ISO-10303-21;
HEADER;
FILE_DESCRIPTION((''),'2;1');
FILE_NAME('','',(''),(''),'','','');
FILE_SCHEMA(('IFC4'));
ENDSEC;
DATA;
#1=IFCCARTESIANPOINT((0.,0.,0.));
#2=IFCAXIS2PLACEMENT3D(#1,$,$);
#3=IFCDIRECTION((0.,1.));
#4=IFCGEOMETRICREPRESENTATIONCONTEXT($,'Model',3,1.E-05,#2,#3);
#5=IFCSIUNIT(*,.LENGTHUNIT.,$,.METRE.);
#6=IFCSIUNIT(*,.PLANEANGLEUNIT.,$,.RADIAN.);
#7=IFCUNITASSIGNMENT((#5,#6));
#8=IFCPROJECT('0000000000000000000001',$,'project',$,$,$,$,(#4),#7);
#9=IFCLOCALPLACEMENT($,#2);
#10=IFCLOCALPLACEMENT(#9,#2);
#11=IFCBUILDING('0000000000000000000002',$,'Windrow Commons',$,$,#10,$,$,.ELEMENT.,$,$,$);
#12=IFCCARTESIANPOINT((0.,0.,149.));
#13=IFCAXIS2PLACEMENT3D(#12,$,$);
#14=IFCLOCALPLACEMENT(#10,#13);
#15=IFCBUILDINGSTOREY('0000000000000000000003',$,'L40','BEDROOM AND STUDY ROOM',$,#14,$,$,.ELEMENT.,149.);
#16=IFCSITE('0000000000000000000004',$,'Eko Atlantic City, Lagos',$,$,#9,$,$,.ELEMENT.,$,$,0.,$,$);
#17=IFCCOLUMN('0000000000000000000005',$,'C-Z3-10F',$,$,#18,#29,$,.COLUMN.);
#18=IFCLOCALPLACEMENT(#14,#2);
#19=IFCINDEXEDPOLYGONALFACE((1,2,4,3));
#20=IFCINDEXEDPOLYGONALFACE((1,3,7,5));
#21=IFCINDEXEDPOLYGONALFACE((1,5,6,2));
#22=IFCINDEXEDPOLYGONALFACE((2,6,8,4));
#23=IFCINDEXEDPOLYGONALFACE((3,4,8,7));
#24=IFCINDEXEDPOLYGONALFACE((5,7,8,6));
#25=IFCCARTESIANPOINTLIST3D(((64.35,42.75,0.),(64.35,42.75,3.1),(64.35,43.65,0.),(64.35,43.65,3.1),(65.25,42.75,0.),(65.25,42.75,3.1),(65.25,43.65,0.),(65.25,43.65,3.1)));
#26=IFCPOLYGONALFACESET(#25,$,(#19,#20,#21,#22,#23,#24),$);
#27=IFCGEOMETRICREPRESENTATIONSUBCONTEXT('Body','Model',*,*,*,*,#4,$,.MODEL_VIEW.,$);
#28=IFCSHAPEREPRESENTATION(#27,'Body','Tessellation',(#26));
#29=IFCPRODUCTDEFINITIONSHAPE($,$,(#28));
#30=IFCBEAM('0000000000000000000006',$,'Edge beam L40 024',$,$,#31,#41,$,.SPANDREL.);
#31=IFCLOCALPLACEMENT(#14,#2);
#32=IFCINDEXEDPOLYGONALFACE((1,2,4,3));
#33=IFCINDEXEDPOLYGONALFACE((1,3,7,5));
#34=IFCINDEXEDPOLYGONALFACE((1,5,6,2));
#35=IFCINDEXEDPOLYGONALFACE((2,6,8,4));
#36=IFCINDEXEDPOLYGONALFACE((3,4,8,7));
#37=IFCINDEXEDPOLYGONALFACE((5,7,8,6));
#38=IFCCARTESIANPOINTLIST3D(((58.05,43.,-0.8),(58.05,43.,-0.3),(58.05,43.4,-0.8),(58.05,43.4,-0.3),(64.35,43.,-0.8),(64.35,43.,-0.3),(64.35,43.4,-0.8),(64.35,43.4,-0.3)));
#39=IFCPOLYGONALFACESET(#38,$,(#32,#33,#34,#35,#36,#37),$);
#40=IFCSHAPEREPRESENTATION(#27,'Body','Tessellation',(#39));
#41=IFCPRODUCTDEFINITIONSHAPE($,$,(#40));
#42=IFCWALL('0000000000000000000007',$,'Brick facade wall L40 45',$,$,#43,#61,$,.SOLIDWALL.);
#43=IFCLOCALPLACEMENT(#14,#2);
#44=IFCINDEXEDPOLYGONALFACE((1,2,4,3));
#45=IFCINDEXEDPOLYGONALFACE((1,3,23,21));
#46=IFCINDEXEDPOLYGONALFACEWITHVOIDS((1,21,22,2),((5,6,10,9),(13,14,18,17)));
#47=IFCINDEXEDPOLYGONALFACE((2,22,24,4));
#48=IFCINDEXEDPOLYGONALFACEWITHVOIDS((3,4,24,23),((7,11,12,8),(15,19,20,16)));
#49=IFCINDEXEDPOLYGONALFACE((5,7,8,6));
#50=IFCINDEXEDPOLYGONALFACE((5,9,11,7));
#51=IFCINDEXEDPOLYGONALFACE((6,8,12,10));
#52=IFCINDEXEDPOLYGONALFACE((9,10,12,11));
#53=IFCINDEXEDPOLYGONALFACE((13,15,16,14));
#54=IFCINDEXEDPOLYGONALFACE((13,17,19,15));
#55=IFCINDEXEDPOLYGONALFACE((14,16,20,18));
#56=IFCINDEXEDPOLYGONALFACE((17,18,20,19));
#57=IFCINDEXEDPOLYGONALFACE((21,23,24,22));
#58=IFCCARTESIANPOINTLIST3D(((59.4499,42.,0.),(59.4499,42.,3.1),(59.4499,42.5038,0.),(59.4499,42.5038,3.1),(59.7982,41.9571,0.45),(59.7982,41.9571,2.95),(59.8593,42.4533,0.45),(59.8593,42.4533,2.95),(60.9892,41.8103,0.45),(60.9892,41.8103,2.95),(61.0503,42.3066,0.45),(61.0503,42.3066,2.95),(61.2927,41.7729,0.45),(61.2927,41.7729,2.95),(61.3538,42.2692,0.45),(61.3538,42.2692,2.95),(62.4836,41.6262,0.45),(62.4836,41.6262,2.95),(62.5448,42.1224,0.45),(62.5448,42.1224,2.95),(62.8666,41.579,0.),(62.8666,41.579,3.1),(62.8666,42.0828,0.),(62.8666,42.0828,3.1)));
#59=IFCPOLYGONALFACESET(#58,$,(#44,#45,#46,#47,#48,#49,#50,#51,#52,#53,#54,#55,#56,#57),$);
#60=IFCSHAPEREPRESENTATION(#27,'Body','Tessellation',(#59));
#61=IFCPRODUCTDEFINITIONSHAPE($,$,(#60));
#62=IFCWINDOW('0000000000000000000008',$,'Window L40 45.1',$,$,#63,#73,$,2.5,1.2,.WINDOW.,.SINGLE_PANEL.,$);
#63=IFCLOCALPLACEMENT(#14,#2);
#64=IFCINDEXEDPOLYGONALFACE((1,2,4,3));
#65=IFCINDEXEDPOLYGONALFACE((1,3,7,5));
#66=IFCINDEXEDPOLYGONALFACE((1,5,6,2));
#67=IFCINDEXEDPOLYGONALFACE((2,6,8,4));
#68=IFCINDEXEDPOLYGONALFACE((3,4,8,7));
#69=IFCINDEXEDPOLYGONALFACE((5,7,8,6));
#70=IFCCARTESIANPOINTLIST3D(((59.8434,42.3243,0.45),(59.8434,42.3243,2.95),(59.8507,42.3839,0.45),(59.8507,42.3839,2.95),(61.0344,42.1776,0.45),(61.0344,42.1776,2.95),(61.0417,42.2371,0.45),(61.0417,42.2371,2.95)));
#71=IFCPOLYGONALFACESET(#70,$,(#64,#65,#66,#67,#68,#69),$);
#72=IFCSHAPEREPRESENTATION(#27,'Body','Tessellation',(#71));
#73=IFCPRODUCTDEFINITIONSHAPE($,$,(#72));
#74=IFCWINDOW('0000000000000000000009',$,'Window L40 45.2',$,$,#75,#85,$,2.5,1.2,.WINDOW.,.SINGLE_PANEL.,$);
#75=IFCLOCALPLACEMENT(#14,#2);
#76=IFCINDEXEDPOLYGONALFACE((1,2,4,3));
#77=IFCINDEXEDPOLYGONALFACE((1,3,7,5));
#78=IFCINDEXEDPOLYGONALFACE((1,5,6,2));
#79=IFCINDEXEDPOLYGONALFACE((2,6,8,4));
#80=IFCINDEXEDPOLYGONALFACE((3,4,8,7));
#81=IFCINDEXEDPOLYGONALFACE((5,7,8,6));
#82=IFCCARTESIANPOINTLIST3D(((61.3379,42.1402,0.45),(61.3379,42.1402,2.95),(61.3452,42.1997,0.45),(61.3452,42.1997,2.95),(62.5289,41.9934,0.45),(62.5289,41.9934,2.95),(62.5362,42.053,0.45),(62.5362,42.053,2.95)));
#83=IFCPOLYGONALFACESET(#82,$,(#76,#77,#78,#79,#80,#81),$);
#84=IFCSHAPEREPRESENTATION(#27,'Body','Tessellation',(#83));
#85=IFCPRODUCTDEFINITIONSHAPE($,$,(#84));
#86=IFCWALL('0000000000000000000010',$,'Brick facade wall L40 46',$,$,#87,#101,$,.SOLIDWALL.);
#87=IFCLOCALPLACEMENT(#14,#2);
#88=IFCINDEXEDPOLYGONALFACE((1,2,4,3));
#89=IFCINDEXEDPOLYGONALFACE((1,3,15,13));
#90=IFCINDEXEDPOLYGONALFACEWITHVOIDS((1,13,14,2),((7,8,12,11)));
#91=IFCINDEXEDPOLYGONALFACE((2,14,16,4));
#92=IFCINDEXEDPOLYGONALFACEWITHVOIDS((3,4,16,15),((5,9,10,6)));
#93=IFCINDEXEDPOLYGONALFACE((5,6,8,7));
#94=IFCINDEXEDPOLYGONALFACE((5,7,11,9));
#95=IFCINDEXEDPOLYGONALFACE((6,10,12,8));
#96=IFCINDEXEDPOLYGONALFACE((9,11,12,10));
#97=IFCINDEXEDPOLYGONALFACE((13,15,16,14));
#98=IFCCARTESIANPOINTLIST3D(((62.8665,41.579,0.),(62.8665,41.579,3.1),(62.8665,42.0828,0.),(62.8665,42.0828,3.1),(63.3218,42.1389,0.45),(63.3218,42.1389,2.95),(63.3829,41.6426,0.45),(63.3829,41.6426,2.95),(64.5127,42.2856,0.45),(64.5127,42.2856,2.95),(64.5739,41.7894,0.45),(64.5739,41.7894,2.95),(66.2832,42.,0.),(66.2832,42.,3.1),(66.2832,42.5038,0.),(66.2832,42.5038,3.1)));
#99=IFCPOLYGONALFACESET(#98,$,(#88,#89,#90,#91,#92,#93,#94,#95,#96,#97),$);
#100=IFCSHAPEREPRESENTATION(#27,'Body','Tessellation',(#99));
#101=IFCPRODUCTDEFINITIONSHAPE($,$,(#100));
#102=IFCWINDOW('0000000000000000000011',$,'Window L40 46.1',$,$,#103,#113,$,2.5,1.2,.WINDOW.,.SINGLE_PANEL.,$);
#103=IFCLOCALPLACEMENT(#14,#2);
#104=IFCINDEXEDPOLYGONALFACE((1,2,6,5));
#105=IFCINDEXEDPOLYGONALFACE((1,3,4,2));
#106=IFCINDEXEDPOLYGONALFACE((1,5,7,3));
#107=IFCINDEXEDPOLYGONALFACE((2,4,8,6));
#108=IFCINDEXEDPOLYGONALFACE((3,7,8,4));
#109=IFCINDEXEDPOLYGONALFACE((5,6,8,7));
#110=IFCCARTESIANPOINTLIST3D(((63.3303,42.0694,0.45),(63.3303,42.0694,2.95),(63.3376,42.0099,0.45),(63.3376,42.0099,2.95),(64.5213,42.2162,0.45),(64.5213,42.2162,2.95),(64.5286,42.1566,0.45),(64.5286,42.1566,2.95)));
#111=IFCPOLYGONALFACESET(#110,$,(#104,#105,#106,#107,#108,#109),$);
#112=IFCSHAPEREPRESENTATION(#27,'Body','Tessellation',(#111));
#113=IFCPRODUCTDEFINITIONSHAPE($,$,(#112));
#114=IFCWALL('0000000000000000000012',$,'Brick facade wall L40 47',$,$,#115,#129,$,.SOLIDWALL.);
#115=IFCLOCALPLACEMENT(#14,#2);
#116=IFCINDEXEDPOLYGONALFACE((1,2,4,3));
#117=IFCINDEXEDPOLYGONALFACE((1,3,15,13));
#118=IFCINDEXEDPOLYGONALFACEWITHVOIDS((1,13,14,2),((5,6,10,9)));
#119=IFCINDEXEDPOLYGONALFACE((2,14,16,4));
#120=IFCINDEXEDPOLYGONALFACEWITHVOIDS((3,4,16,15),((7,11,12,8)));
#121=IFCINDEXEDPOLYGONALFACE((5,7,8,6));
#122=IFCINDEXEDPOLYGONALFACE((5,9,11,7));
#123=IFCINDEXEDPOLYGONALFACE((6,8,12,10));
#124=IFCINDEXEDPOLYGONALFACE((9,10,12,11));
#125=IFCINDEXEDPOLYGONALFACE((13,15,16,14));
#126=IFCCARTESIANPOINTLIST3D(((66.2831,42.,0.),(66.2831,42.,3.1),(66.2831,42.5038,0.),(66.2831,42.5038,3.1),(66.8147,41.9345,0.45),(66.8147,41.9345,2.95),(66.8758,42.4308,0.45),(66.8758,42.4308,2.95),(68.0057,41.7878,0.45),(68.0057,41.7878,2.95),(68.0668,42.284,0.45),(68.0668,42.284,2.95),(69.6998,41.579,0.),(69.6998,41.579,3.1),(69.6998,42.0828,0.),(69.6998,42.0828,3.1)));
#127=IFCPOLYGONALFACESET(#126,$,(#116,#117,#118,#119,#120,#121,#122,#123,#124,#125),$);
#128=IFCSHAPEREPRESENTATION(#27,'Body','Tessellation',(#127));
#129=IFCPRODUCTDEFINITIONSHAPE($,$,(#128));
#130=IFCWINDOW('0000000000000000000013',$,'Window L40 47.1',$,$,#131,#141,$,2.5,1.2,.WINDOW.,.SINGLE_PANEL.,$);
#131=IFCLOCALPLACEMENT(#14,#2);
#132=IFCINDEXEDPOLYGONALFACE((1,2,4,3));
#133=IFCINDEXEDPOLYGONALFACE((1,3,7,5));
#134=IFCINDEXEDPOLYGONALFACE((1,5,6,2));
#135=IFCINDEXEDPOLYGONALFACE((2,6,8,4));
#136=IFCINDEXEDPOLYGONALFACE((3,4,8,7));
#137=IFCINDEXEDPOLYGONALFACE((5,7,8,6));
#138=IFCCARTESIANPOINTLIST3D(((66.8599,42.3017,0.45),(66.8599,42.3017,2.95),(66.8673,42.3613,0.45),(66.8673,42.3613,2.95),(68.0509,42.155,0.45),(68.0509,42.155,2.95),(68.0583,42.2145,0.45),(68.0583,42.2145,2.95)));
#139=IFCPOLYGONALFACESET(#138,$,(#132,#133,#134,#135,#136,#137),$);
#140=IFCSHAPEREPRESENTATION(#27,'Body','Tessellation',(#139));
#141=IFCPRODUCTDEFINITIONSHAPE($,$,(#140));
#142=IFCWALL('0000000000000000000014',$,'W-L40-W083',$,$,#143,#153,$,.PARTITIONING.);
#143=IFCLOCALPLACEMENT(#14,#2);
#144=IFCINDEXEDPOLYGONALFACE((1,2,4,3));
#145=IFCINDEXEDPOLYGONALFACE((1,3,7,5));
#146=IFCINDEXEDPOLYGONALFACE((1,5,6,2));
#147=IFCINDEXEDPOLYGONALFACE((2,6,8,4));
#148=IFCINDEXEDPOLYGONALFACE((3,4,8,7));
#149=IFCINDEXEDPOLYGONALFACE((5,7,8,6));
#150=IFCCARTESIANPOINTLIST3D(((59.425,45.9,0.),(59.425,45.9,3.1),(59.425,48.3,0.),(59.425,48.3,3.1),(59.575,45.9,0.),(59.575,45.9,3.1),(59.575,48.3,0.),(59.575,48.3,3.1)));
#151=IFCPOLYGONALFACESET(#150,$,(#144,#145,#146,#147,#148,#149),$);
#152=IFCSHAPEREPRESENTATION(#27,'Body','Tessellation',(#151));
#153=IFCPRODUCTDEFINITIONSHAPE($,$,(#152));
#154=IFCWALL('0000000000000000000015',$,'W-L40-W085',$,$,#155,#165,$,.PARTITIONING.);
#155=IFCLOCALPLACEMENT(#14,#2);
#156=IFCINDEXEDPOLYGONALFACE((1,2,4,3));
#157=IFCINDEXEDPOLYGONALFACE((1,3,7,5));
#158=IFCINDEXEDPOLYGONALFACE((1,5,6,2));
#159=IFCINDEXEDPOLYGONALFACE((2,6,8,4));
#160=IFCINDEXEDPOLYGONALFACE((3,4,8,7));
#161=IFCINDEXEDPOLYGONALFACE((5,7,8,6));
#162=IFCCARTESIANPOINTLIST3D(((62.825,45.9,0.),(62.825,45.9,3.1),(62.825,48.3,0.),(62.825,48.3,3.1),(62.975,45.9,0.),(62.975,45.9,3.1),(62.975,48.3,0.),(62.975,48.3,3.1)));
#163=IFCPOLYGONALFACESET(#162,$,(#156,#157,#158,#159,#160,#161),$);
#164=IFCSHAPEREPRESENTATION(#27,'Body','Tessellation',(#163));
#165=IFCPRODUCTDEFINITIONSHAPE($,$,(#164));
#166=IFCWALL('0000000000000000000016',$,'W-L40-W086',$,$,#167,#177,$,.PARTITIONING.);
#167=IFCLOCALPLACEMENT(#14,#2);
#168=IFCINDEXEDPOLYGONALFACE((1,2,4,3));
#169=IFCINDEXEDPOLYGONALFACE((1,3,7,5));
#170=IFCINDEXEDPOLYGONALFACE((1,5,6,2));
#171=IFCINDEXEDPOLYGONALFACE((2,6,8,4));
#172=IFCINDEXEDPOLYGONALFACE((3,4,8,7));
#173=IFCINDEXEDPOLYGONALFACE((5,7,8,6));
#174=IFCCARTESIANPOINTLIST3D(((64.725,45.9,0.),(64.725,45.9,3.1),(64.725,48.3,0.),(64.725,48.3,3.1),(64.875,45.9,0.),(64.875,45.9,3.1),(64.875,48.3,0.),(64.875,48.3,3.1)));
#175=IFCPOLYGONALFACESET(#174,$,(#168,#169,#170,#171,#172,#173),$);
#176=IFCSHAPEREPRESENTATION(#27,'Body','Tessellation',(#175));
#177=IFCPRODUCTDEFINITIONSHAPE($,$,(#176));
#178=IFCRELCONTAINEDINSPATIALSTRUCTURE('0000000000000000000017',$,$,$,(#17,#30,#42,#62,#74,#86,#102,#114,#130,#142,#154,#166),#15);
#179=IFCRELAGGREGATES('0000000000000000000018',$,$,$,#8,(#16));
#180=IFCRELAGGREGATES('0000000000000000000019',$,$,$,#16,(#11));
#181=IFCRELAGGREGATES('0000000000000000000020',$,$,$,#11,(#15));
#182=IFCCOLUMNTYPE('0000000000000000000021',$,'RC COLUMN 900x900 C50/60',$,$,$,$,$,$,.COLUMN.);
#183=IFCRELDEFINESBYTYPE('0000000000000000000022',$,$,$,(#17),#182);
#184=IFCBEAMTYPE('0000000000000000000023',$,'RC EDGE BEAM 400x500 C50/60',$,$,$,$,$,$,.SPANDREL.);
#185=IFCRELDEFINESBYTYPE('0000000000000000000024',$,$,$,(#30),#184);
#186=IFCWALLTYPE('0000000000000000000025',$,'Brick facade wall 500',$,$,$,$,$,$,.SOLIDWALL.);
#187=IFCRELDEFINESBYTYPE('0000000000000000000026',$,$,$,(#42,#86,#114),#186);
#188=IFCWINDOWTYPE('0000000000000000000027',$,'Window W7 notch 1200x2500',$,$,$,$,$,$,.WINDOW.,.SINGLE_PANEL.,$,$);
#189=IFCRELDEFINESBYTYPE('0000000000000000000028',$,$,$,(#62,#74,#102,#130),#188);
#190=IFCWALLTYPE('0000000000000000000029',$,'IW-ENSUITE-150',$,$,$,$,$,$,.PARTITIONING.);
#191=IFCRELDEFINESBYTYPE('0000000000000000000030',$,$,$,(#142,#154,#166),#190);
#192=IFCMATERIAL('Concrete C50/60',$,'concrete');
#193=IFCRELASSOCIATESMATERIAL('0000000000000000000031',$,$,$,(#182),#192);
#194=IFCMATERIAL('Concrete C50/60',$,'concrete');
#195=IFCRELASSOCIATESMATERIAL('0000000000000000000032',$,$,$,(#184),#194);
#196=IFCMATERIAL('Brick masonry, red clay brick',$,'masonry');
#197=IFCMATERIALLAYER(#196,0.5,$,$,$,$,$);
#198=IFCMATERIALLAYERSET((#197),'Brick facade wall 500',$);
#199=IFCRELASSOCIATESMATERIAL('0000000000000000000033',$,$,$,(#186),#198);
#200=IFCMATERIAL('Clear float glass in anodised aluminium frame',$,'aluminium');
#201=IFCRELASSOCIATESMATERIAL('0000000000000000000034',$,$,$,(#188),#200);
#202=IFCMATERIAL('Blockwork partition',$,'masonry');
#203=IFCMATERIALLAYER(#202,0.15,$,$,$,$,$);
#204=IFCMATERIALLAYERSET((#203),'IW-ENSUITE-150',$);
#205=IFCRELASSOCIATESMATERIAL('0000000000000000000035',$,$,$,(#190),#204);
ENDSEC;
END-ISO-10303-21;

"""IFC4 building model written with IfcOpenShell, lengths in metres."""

from ifc_helpers import new_model, si_unit, direction, frame, frame_2d, origin, origin_2d, place, context, subcontext, project, spatial, polyline, rectangle, outline, extrude, material, layer, layer_set, material_profile, profile_set, type_object, element, fill, save


model = new_model("IFC4")

# Units and contexts
model_context = context("Model", 3, precision=1e-05, world=origin(), true_north=direction((0.0, 1.0)))
body_context = subcontext(model_context, "Body", "Model", "MODEL_VIEW")
ifc_project = project(units=[si_unit("LENGTHUNIT", "METRE"), si_unit("PLANEANGLEUNIT", "RADIAN")], contexts=[model_context])

# Site, building, storey
site_placement = place(None, origin())
site = spatial("IfcSite", under=ifc_project, at=site_placement, Name="Eko Atlantic City, Lagos", CompositionType="ELEMENT", RefElevation=0.0)
building_placement = place(site_placement, origin())
building = spatial("IfcBuilding", under=site, at=building_placement, Name="Windrow Commons", CompositionType="ELEMENT")
storey_placement = place(building_placement, frame((0.0, 0.0, 149.0)))
storey = spatial("IfcBuildingStorey", under=building, at=storey_placement, Name="L40", Description="BEDROOM AND STUDY ROOM", CompositionType="ELEMENT", Elevation=149.0)

# Column
ifc_material_1 = material(Name="Concrete C50/60", Category="concrete")
ifc_material_profile_1 = material_profile(ifc_material_1, rectangle(XDim=0.9, YDim=0.9, at=origin_2d()))
ifc_profile_set_1 = profile_set([ifc_material_profile_1], Name="Concrete C50/60")
column_type = type_object("IfcColumnType", Name="RC COLUMN 900x900 C50/60", PredefinedType="COLUMN", material=ifc_profile_set_1)
column_placement = place(storey_placement, frame((64.8, 43.2, 0.0), z_axis=(0.0, 0.0, 1.0), x_axis=(1.0, 0.0, 0.0)))
element("IfcColumn", 1, at=column_placement, inside=storey, type_object=column_type, Name="C-Z3-10F", PredefinedType="COLUMN", context=body_context, shape_type="SweptSolid", body=[
    extrude(rectangle(XDim=0.9, YDim=0.9, at=origin_2d()), origin(), (0.0, 0.0, 1.0), 3.1),
])

# Beam
ifc_material_2 = material(Name="Concrete C50/60", Category="concrete")
ifc_material_profile_2 = material_profile(ifc_material_2, rectangle(XDim=0.4, YDim=0.5, at=origin_2d()))
ifc_profile_set_2 = profile_set([ifc_material_profile_2], Name="Concrete C50/60")
beam_type = type_object("IfcBeamType", Name="RC EDGE BEAM 400x500 C50/60", PredefinedType="SPANDREL", material=ifc_profile_set_2)
beam_placement = place(storey_placement, frame((64.35, 43.2, -0.55), z_axis=(-1.0, 0.0, 0.0), x_axis=(0.0, -1.0, 0.0)))
element("IfcBeam", 2, at=beam_placement, inside=storey, type_object=beam_type, Name="Edge beam L40 024", PredefinedType="SPANDREL", context=body_context, shape_type="SweptSolid", body=[
    extrude(rectangle(XDim=0.4, YDim=0.5, at=origin_2d()), origin(), (0.0, 0.0, 1.0), 6.3),
])

# Wall, openings, windows
ifc_material_3 = material(Name="Brick masonry, red clay brick", Category="masonry")
ifc_layer_1 = layer(ifc_material_3, 0.5)
ifc_layer_set_1 = layer_set([ifc_layer_1], Name="Brick facade wall 500")
wall_type_1 = type_object("IfcWallType", Name="Brick facade wall 500", PredefinedType="SOLIDWALL", material=ifc_layer_set_1)
wall_1_placement = place(storey_placement, frame((59.4499, 42.2519, 0.0), z_axis=(0.0, 0.0, 1.0), x_axis=(0.992494, -0.122297, 0.0)))
wall_1 = element("IfcWall", 3, at=wall_1_placement, inside=storey, type_object=wall_type_1, Name="Brick facade wall L40 45", PredefinedType="SOLIDWALL", context=body_context, shape_type="SweptSolid", body=[
    extrude(outline(polyline([(0.0308, -0.25), (3.4733, -0.25), (3.4117, 0.25), (-0.0308, 0.25), (0.0308, -0.25)])), origin(), (0.0, 0.0, 1.0), 3.1),
])
opening_1_placement = place(wall_1_placement, frame((0.3817, 0.0, 0.45)))
opening_1 = element("IfcOpeningElement", 4, at=opening_1_placement, cuts=wall_1, PredefinedType="OPENING", context=body_context, shape_type="SweptSolid", body=[
    extrude(rectangle(XDim=1.2, YDim=2.5, at=frame_2d((0.6, 1.25))), frame((0.0, 0.26, 0.0), z_axis=(0.0, -1.0, 0.0), x_axis=(1.0, 0.0, 0.0)), (0.0, 0.0, 1.0), 0.52),
])
opening_2_placement = place(wall_1_placement, frame((1.8875, 0.0, 0.45)))
opening_2 = element("IfcOpeningElement", 5, at=opening_2_placement, cuts=wall_1, PredefinedType="OPENING", context=body_context, shape_type="SweptSolid", body=[
    extrude(rectangle(XDim=1.2, YDim=2.5, at=frame_2d((0.6, 1.25))), frame((0.0, 0.26, 0.0), z_axis=(0.0, -1.0, 0.0), x_axis=(1.0, 0.0, 0.0)), (0.0, 0.0, 1.0), 0.52),
])
ifc_material_4 = material(Name="Clear float glass in anodised aluminium frame", Category="aluminium")
window_type = type_object("IfcWindowType", Name="Window W7 notch 1200x2500", PartitioningType="SINGLE_PANEL", PredefinedType="WINDOW", material=ifc_material_4)
window_1_placement = place(opening_1_placement, origin())
window_1 = element("IfcWindow", 6, at=window_1_placement, inside=storey, type_object=window_type, Name="Window L40 45.1", OverallHeight=2.5, OverallWidth=1.2, PartitioningType="SINGLE_PANEL", PredefinedType="WINDOW", context=body_context, shape_type="SweptSolid", body=[
    extrude(rectangle(XDim=1.2, YDim=2.5, at=frame_2d((0.6, 1.25))), frame((0.0, 0.18, 0.0), z_axis=(0.0, -1.0, 0.0), x_axis=(1.0, 0.0, 0.0)), (0.0, 0.0, 1.0), 0.06),
])
fill(opening_1, window_1)
window_2_placement = place(opening_2_placement, origin())
window_2 = element("IfcWindow", 7, at=window_2_placement, inside=storey, type_object=window_type, Name="Window L40 45.2", OverallHeight=2.5, OverallWidth=1.2, PartitioningType="SINGLE_PANEL", PredefinedType="WINDOW", context=body_context, shape_type="SweptSolid", body=[
    extrude(rectangle(XDim=1.2, YDim=2.5, at=frame_2d((0.6, 1.25))), frame((0.0, 0.18, 0.0), z_axis=(0.0, -1.0, 0.0), x_axis=(1.0, 0.0, 0.0)), (0.0, 0.0, 1.0), 0.06),
])
fill(opening_2, window_2)

# Walls, openings, windows
wall_2_placement = place(storey_placement, frame((62.8665, 41.8309, 0.0), z_axis=(0.0, 0.0, 1.0), x_axis=(0.992494, 0.122297, 0.0)))
wall_2 = element("IfcWall", 8, at=wall_2_placement, inside=storey, type_object=wall_type_1, Name="Brick facade wall L40 46", PredefinedType="SOLIDWALL", context=body_context, shape_type="SweptSolid", body=[
    extrude(outline(polyline([(-0.0308, -0.25), (3.4117, -0.25), (3.4733, 0.25), (0.0308, 0.25), (-0.0308, -0.25)])), origin(), (0.0, 0.0, 1.0), 3.1),
])
opening_3_placement = place(wall_2_placement, frame((0.4895, 0.0, 0.45)))
opening_3 = element("IfcOpeningElement", 9, at=opening_3_placement, cuts=wall_2, PredefinedType="OPENING", context=body_context, shape_type="SweptSolid", body=[
    extrude(rectangle(XDim=1.2, YDim=2.5, at=frame_2d((0.6, 1.25))), frame((0.0, 0.26, 0.0), z_axis=(0.0, -1.0, 0.0), x_axis=(1.0, 0.0, 0.0)), (0.0, 0.0, 1.0), 0.52),
])
window_3_placement = place(opening_3_placement, origin())
window_3 = element("IfcWindow", 10, at=window_3_placement, inside=storey, type_object=window_type, Name="Window L40 46.1", OverallHeight=2.5, OverallWidth=1.2, PartitioningType="SINGLE_PANEL", PredefinedType="WINDOW", context=body_context, shape_type="SweptSolid", body=[
    extrude(rectangle(XDim=1.2, YDim=2.5, at=frame_2d((0.6, 1.25))), frame((0.0, 0.18, 0.0), z_axis=(0.0, -1.0, 0.0), x_axis=(1.0, 0.0, 0.0)), (0.0, 0.0, 1.0), 0.06),
])
fill(opening_3, window_3)
wall_3_placement = place(storey_placement, frame((66.2831, 42.2519, 0.0), z_axis=(0.0, 0.0, 1.0), x_axis=(0.992494, -0.122297, 0.0)))
wall_3 = element("IfcWall", 11, at=wall_3_placement, inside=storey, type_object=wall_type_1, Name="Brick facade wall L40 47", PredefinedType="SOLIDWALL", context=body_context, shape_type="SweptSolid", body=[
    extrude(outline(polyline([(0.0308, -0.25), (3.4733, -0.25), (3.4117, 0.25), (-0.0308, 0.25), (0.0308, -0.25)])), origin(), (0.0, 0.0, 1.0), 3.1),
])
opening_4_placement = place(wall_3_placement, frame((0.5664, 0.0, 0.45)))
opening_4 = element("IfcOpeningElement", 12, at=opening_4_placement, cuts=wall_3, PredefinedType="OPENING", context=body_context, shape_type="SweptSolid", body=[
    extrude(rectangle(XDim=1.2, YDim=2.5, at=frame_2d((0.6, 1.25))), frame((0.0, 0.26, 0.0), z_axis=(0.0, -1.0, 0.0), x_axis=(1.0, 0.0, 0.0)), (0.0, 0.0, 1.0), 0.52),
])
window_4_placement = place(opening_4_placement, origin())
window_4 = element("IfcWindow", 13, at=window_4_placement, inside=storey, type_object=window_type, Name="Window L40 47.1", OverallHeight=2.5, OverallWidth=1.2, PartitioningType="SINGLE_PANEL", PredefinedType="WINDOW", context=body_context, shape_type="SweptSolid", body=[
    extrude(rectangle(XDim=1.2, YDim=2.5, at=frame_2d((0.6, 1.25))), frame((0.0, 0.18, 0.0), z_axis=(0.0, -1.0, 0.0), x_axis=(1.0, 0.0, 0.0)), (0.0, 0.0, 1.0), 0.06),
])
fill(opening_4, window_4)

# Walls
ifc_material_5 = material(Name="Blockwork partition", Category="masonry")
ifc_layer_2 = layer(ifc_material_5, 0.15)
ifc_layer_set_2 = layer_set([ifc_layer_2], Name="IW-ENSUITE-150")
wall_type_2 = type_object("IfcWallType", Name="IW-ENSUITE-150", PredefinedType="PARTITIONING", material=ifc_layer_set_2)
for number, where, z_axis, x_axis, name in (
    (14, (59.5, 45.9, 0.0), (0.0, 0.0, 1.0), (0.0, 1.0, 0.0), "W-L40-W083"),
    (15, (62.9, 45.9, 0.0), (0.0, 0.0, 1.0), (0.0, 1.0, 0.0), "W-L40-W085"),
    (16, (64.8, 45.9, 0.0), (0.0, 0.0, 1.0), (0.0, 1.0, 0.0), "W-L40-W086"),
):
    element("IfcWall", number, at=place(storey_placement, frame(where, z_axis=z_axis, x_axis=x_axis)), inside=storey, type_object=wall_type_2, Name=name, PredefinedType="PARTITIONING", context=body_context, shape_type="SweptSolid", body=[
        extrude(rectangle(XDim=2.4, YDim=0.15, at=frame_2d((1.2, 0.0))), origin(), (0.0, 0.0, 1.0), 3.1),
    ])

save(model, "model.ifc")
